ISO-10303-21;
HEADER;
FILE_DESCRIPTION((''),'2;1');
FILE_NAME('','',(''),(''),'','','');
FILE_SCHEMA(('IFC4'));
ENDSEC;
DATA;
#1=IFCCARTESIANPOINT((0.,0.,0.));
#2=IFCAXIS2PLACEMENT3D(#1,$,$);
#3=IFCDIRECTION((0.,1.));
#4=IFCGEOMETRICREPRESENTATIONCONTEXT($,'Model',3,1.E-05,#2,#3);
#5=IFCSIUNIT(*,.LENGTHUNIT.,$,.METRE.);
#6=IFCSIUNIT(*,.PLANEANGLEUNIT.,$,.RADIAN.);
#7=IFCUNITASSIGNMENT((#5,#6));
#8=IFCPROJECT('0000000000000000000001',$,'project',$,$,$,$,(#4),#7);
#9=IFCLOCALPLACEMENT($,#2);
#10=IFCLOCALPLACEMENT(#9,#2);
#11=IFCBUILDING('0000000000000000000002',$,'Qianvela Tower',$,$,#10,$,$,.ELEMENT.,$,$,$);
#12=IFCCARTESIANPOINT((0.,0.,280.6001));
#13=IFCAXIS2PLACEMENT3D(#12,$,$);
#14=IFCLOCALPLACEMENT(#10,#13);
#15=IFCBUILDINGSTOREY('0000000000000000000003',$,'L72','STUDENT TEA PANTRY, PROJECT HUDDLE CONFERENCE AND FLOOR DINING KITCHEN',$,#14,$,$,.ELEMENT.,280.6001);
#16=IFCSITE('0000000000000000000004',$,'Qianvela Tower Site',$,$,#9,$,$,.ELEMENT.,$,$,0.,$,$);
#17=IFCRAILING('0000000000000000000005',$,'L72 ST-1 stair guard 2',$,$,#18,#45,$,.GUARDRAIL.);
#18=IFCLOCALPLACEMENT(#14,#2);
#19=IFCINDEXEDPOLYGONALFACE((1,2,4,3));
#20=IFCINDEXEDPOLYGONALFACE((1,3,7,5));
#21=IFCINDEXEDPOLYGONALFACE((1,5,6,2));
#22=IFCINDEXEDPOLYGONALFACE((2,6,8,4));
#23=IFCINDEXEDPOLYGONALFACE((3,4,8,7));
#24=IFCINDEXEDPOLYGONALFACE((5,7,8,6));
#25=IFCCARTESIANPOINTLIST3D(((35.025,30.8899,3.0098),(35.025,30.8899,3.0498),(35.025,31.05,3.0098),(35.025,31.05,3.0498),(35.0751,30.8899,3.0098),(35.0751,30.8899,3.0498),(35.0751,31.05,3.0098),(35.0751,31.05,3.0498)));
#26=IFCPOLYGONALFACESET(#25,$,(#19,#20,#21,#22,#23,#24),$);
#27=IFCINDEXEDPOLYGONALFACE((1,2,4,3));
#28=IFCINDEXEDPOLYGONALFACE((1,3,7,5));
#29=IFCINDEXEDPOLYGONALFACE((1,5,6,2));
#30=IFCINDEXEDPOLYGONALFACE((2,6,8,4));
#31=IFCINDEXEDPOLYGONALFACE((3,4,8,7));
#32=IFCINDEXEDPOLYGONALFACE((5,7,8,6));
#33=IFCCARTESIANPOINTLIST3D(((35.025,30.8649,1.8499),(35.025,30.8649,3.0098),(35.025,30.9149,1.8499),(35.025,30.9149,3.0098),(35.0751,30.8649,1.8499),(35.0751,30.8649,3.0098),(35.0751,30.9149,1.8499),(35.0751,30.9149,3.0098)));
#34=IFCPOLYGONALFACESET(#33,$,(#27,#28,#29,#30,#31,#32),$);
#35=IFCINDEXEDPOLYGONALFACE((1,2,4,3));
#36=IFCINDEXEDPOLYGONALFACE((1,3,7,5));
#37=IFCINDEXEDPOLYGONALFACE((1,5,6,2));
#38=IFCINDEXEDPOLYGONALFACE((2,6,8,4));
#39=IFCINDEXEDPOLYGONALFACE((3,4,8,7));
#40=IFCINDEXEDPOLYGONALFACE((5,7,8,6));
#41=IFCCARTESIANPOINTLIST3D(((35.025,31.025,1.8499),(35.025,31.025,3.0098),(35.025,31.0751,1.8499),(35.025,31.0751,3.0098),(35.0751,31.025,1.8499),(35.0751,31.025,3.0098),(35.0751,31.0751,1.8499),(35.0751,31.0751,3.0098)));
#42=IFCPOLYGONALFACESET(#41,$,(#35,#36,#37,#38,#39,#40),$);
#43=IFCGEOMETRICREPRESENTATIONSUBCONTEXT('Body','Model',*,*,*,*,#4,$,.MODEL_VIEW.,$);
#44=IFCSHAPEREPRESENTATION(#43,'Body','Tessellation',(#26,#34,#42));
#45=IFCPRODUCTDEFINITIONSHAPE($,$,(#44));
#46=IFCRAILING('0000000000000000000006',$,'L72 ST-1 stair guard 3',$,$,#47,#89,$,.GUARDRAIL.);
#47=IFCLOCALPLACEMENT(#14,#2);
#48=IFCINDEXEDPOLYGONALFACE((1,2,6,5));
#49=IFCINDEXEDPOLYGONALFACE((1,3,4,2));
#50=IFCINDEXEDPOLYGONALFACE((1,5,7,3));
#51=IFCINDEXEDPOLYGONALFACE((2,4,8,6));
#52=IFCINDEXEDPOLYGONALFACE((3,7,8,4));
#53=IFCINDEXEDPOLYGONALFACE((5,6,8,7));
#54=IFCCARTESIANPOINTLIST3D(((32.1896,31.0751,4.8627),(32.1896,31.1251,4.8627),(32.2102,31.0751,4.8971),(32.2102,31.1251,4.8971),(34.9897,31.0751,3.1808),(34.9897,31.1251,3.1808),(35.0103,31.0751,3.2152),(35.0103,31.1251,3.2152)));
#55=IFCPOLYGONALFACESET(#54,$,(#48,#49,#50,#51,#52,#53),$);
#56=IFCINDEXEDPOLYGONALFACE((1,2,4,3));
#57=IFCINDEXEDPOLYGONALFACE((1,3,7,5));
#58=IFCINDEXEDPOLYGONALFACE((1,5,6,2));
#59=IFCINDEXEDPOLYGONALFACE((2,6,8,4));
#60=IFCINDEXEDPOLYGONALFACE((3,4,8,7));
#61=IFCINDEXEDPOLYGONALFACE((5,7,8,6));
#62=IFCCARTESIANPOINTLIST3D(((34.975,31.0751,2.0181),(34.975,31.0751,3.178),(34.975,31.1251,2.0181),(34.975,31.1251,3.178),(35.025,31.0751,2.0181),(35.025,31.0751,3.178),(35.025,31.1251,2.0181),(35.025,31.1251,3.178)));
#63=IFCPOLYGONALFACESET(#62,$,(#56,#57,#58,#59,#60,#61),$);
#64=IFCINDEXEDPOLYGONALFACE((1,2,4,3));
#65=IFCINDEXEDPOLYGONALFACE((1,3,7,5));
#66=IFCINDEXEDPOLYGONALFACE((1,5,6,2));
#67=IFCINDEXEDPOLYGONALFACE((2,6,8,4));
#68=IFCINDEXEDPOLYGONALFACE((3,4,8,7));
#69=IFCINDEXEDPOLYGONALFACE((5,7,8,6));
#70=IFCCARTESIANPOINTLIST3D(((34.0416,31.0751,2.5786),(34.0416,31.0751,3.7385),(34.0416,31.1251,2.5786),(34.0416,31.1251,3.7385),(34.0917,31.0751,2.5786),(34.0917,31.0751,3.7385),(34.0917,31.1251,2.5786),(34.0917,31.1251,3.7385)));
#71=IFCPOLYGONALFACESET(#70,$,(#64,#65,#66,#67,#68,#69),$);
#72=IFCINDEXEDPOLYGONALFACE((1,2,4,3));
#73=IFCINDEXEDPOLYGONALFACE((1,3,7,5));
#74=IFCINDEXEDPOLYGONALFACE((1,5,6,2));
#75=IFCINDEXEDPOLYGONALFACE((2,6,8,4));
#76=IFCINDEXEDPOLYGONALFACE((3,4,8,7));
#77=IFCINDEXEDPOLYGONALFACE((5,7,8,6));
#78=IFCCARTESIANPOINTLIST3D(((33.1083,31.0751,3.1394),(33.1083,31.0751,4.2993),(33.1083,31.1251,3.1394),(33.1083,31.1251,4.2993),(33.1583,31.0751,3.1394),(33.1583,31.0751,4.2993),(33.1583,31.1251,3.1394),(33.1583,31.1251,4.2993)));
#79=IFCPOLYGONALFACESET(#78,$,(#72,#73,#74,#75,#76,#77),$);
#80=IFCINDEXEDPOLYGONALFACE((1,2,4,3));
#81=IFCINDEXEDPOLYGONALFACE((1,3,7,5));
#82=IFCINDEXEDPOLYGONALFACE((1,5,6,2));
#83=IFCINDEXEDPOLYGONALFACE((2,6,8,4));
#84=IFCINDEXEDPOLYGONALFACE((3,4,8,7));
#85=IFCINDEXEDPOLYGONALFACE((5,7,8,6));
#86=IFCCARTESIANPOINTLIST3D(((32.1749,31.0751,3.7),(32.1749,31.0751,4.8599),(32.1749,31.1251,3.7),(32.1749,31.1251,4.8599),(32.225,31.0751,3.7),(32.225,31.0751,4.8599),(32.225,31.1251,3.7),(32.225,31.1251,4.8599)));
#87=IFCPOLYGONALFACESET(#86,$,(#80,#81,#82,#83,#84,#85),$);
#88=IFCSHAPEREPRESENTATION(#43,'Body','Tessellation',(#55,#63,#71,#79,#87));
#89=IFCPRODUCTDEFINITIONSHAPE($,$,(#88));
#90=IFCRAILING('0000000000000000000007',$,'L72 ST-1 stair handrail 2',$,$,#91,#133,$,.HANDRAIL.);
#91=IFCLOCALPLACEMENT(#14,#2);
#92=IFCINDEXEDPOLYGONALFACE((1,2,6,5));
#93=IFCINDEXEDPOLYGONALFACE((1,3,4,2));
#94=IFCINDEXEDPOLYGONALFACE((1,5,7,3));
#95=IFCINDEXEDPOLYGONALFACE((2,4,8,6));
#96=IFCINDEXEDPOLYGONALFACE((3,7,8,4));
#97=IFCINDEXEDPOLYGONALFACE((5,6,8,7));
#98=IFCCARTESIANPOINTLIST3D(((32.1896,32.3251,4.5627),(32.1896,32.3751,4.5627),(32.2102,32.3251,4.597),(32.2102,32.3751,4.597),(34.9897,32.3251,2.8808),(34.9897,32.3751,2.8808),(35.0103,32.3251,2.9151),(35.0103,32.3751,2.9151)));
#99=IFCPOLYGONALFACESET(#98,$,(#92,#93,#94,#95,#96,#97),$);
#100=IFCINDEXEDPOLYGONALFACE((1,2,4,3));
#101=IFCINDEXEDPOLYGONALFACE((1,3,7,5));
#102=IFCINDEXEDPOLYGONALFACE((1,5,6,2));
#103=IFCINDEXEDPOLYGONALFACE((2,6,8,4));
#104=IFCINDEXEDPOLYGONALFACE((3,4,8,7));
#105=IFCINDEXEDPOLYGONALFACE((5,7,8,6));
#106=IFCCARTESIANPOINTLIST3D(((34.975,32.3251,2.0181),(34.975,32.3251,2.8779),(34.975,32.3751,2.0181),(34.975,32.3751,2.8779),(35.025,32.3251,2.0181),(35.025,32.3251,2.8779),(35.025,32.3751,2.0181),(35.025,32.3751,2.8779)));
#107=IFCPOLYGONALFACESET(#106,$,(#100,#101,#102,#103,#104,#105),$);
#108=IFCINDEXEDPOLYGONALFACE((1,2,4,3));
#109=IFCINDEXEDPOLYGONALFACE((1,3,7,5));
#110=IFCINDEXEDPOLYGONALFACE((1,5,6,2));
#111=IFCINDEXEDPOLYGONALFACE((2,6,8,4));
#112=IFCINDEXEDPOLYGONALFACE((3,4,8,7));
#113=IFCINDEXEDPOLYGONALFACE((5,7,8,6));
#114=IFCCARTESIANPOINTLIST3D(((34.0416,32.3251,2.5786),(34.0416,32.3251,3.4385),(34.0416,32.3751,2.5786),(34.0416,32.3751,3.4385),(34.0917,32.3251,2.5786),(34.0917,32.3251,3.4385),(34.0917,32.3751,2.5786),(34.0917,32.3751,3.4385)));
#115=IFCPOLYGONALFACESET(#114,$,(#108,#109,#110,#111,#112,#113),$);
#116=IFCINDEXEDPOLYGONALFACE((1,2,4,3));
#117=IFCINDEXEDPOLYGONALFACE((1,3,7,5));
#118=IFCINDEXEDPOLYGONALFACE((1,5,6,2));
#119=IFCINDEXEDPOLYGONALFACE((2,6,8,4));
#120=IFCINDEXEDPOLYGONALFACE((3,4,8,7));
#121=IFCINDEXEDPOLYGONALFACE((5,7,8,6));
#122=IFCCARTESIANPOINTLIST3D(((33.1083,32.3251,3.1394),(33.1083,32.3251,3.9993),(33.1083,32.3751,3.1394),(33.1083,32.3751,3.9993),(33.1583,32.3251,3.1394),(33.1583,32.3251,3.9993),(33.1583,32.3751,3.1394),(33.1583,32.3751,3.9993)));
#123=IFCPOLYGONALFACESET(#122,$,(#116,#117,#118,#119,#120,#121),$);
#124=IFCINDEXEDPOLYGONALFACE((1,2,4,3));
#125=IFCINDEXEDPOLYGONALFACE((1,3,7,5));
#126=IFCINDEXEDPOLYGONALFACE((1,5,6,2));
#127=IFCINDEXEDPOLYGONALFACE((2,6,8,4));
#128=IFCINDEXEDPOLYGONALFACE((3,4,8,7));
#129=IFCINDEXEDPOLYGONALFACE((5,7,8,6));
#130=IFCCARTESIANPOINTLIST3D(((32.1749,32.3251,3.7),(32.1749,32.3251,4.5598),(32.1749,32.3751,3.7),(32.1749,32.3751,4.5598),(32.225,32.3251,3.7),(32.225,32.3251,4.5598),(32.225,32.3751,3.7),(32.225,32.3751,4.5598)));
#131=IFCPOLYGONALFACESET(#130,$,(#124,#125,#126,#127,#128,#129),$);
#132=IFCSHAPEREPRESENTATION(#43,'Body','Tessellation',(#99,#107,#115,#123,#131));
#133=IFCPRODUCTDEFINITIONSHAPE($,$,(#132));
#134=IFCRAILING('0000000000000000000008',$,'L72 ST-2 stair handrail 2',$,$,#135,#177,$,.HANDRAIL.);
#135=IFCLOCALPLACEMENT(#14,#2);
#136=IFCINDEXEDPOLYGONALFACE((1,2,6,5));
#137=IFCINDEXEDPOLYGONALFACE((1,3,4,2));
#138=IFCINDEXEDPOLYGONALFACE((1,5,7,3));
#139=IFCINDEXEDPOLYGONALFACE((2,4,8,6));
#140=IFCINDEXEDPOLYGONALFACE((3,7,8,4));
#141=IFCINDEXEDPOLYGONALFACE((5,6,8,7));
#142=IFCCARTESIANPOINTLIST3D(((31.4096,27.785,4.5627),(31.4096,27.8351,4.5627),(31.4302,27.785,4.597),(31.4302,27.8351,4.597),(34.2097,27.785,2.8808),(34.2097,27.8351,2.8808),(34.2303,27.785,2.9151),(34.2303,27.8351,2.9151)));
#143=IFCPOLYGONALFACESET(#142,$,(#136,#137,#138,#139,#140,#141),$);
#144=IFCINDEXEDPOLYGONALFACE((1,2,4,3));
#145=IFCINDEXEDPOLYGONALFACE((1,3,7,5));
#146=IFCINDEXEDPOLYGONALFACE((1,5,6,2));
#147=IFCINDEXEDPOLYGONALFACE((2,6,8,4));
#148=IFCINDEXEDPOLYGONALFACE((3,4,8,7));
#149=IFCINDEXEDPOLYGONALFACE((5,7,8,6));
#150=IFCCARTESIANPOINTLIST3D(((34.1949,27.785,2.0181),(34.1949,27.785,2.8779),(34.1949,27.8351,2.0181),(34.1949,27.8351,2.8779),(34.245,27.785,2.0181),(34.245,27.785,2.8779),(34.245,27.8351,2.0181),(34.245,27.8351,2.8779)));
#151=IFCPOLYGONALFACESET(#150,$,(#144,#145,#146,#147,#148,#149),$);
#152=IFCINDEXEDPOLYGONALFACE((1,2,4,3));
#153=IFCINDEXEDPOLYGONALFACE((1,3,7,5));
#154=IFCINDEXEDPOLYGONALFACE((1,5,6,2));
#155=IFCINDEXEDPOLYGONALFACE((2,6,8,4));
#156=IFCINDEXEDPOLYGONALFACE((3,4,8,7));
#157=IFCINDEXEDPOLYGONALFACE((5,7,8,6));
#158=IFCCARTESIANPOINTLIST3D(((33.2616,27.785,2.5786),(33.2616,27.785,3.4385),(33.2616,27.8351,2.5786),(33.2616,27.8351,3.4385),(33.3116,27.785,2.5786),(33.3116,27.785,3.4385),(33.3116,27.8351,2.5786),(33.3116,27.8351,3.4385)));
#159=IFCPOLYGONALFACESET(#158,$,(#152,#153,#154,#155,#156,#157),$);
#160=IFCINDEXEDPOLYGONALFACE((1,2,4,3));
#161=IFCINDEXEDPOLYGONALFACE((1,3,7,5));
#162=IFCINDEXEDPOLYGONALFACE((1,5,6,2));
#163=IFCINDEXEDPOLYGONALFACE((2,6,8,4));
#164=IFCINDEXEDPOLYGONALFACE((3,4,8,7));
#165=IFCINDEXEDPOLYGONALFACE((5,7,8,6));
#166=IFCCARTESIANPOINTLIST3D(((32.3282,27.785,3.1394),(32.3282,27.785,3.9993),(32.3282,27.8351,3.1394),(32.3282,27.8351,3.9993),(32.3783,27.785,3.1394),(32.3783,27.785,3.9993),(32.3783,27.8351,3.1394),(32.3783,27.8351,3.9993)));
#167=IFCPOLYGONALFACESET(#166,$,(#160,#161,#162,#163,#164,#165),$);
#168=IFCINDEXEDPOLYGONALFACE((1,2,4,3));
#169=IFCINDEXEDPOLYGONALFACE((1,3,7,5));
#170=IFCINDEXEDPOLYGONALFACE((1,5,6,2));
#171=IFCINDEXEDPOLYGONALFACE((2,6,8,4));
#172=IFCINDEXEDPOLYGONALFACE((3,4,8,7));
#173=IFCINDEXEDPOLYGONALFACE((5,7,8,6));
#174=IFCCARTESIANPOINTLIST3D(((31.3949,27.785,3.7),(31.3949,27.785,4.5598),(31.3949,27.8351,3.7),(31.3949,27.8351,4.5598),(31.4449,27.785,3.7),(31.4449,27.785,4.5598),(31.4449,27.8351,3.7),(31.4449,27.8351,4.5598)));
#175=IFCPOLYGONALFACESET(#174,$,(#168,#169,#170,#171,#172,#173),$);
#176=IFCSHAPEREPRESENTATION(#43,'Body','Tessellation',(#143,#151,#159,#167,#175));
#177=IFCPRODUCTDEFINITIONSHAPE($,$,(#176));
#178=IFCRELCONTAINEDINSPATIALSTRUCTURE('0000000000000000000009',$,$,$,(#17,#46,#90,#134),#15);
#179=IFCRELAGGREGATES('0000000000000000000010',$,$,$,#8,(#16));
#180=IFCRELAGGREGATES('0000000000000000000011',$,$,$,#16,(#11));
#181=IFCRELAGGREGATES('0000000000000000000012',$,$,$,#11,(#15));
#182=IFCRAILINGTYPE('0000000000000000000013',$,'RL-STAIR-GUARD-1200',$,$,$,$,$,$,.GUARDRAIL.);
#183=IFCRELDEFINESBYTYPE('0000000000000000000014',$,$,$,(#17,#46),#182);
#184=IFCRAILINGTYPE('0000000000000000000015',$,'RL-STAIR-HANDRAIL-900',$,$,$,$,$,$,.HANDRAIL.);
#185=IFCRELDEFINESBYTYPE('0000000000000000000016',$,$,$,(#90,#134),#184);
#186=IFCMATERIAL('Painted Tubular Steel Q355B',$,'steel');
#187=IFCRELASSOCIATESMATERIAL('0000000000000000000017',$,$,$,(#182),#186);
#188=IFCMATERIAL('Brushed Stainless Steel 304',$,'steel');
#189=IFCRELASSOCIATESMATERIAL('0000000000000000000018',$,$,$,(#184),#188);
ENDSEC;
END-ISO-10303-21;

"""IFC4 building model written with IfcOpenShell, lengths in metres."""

from ifc_helpers import new_model, si_unit, direction, frame, origin, origin_2d, place, context, subcontext, project, spatial, rectangle, extrude, material, type_object, element, save


model = new_model("IFC4")

# Units and contexts
model_context = context("Model", 3, precision=1e-05, world=origin(), true_north=direction((0.0, 1.0)))
body_context = subcontext(model_context, "Body", "Model", "MODEL_VIEW")
ifc_project = project(units=[si_unit("LENGTHUNIT", "METRE"), si_unit("PLANEANGLEUNIT", "RADIAN")], contexts=[model_context])

# Site, building, storey
site_placement = place(None, origin())
site = spatial("IfcSite", under=ifc_project, at=site_placement, Name="Qianvela Tower Site", CompositionType="ELEMENT", RefElevation=0.0)
building_placement = place(site_placement, origin())
building = spatial("IfcBuilding", under=site, at=building_placement, Name="Qianvela Tower", CompositionType="ELEMENT")
storey_placement = place(building_placement, frame((0.0, 0.0, 280.6001)))
storey = spatial("IfcBuildingStorey", under=building, at=storey_placement, Name="L72", Description="STUDENT TEA PANTRY, PROJECT HUDDLE CONFERENCE AND FLOOR DINING KITCHEN", CompositionType="ELEMENT", Elevation=280.6001)

# Railings
ifc_material_1 = material(Name="Painted Tubular Steel Q355B", Category="steel")
railing_type_1 = type_object("IfcRailingType", Name="RL-STAIR-GUARD-1200", PredefinedType="GUARDRAIL", material=ifc_material_1)
railing_1_placement = place(storey_placement, frame((35.05, 30.8899, 1.8499)))
element("IfcRailing", 1, at=railing_1_placement, inside=storey, type_object=railing_type_1, Name="L72 ST-1 stair guard 2", PredefinedType="GUARDRAIL", context=body_context, shape_type="SweptSolid", body=[
    extrude(rectangle(XDim=0.05, YDim=0.04, at=origin_2d()), frame((0.0, 0.0, 1.1799), z_axis=(0.0, 1.0, 0.0), x_axis=(-1.0, 0.0, 0.0)), (0.0, 0.0, 1.0), 0.1602),
    extrude(rectangle(XDim=0.05, YDim=0.05, at=origin_2d()), origin(), (0.0, 0.0, 1.0), 1.1599),
    extrude(rectangle(XDim=0.05, YDim=0.05, at=origin_2d()), frame((0.0, 0.1602, 0.0)), (0.0, 0.0, 1.0), 1.1599),
])
railing_2_placement = place(storey_placement, frame((35.0, 31.1001, 2.0181)))
element("IfcRailing", 2, at=railing_2_placement, inside=storey, type_object=railing_type_1, Name="L72 ST-1 stair guard 3", PredefinedType="GUARDRAIL", context=body_context, shape_type="SweptSolid", body=[
    extrude(rectangle(XDim=0.05, YDim=0.04, at=origin_2d()), frame((0.0, 0.0, 1.1799), z_axis=(-0.857242, 0.0, 0.514913), x_axis=(0.0, -1.0, 0.0)), (0.0, 0.0, 1.0), 3.2664),
    extrude(rectangle(XDim=0.05, YDim=0.05, at=origin_2d()), origin(), (0.0, 0.0, 1.0), 1.1599),
    extrude(rectangle(XDim=0.05, YDim=0.05, at=origin_2d()), frame((-0.9333, 0.0, 0.5605)), (0.0, 0.0, 1.0), 1.1599),
    extrude(rectangle(XDim=0.05, YDim=0.05, at=origin_2d()), frame((-1.8667, 0.0, 1.1213)), (0.0, 0.0, 1.0), 1.1599),
    extrude(rectangle(XDim=0.05, YDim=0.05, at=origin_2d()), frame((-2.8, 0.0, 1.6819)), (0.0, 0.0, 1.0), 1.1599),
])
ifc_material_2 = material(Name="Brushed Stainless Steel 304", Category="steel")
railing_type_2 = type_object("IfcRailingType", Name="RL-STAIR-HANDRAIL-900", PredefinedType="HANDRAIL", material=ifc_material_2)
for number, where, name in (
    (3, (35.0, 32.3501, 2.0181), "L72 ST-1 stair handrail 2"),
    (4, (34.22, 27.8101, 2.0181), "L72 ST-2 stair handrail 2"),
):
    element("IfcRailing", number, at=place(storey_placement, frame(where)), inside=storey, type_object=railing_type_2, Name=name, PredefinedType="HANDRAIL", context=body_context, shape_type="SweptSolid", body=[
        extrude(rectangle(XDim=0.05, YDim=0.04, at=origin_2d()), frame((0.0, 0.0, 0.8799), z_axis=(-0.857242, 0.0, 0.514913), x_axis=(0.0, -1.0, 0.0)), (0.0, 0.0, 1.0), 3.2664),
        extrude(rectangle(XDim=0.05, YDim=0.05, at=origin_2d()), origin(), (0.0, 0.0, 1.0), 0.8599),
        extrude(rectangle(XDim=0.05, YDim=0.05, at=origin_2d()), frame((-0.9333, 0.0, 0.5605)), (0.0, 0.0, 1.0), 0.8599),
        extrude(rectangle(XDim=0.05, YDim=0.05, at=origin_2d()), frame((-1.8667, 0.0, 1.1213)), (0.0, 0.0, 1.0), 0.8599),
        extrude(rectangle(XDim=0.05, YDim=0.05, at=origin_2d()), frame((-2.8, 0.0, 1.6819)), (0.0, 0.0, 1.0), 0.8599),
    ])

save(model, "model.ifc")
